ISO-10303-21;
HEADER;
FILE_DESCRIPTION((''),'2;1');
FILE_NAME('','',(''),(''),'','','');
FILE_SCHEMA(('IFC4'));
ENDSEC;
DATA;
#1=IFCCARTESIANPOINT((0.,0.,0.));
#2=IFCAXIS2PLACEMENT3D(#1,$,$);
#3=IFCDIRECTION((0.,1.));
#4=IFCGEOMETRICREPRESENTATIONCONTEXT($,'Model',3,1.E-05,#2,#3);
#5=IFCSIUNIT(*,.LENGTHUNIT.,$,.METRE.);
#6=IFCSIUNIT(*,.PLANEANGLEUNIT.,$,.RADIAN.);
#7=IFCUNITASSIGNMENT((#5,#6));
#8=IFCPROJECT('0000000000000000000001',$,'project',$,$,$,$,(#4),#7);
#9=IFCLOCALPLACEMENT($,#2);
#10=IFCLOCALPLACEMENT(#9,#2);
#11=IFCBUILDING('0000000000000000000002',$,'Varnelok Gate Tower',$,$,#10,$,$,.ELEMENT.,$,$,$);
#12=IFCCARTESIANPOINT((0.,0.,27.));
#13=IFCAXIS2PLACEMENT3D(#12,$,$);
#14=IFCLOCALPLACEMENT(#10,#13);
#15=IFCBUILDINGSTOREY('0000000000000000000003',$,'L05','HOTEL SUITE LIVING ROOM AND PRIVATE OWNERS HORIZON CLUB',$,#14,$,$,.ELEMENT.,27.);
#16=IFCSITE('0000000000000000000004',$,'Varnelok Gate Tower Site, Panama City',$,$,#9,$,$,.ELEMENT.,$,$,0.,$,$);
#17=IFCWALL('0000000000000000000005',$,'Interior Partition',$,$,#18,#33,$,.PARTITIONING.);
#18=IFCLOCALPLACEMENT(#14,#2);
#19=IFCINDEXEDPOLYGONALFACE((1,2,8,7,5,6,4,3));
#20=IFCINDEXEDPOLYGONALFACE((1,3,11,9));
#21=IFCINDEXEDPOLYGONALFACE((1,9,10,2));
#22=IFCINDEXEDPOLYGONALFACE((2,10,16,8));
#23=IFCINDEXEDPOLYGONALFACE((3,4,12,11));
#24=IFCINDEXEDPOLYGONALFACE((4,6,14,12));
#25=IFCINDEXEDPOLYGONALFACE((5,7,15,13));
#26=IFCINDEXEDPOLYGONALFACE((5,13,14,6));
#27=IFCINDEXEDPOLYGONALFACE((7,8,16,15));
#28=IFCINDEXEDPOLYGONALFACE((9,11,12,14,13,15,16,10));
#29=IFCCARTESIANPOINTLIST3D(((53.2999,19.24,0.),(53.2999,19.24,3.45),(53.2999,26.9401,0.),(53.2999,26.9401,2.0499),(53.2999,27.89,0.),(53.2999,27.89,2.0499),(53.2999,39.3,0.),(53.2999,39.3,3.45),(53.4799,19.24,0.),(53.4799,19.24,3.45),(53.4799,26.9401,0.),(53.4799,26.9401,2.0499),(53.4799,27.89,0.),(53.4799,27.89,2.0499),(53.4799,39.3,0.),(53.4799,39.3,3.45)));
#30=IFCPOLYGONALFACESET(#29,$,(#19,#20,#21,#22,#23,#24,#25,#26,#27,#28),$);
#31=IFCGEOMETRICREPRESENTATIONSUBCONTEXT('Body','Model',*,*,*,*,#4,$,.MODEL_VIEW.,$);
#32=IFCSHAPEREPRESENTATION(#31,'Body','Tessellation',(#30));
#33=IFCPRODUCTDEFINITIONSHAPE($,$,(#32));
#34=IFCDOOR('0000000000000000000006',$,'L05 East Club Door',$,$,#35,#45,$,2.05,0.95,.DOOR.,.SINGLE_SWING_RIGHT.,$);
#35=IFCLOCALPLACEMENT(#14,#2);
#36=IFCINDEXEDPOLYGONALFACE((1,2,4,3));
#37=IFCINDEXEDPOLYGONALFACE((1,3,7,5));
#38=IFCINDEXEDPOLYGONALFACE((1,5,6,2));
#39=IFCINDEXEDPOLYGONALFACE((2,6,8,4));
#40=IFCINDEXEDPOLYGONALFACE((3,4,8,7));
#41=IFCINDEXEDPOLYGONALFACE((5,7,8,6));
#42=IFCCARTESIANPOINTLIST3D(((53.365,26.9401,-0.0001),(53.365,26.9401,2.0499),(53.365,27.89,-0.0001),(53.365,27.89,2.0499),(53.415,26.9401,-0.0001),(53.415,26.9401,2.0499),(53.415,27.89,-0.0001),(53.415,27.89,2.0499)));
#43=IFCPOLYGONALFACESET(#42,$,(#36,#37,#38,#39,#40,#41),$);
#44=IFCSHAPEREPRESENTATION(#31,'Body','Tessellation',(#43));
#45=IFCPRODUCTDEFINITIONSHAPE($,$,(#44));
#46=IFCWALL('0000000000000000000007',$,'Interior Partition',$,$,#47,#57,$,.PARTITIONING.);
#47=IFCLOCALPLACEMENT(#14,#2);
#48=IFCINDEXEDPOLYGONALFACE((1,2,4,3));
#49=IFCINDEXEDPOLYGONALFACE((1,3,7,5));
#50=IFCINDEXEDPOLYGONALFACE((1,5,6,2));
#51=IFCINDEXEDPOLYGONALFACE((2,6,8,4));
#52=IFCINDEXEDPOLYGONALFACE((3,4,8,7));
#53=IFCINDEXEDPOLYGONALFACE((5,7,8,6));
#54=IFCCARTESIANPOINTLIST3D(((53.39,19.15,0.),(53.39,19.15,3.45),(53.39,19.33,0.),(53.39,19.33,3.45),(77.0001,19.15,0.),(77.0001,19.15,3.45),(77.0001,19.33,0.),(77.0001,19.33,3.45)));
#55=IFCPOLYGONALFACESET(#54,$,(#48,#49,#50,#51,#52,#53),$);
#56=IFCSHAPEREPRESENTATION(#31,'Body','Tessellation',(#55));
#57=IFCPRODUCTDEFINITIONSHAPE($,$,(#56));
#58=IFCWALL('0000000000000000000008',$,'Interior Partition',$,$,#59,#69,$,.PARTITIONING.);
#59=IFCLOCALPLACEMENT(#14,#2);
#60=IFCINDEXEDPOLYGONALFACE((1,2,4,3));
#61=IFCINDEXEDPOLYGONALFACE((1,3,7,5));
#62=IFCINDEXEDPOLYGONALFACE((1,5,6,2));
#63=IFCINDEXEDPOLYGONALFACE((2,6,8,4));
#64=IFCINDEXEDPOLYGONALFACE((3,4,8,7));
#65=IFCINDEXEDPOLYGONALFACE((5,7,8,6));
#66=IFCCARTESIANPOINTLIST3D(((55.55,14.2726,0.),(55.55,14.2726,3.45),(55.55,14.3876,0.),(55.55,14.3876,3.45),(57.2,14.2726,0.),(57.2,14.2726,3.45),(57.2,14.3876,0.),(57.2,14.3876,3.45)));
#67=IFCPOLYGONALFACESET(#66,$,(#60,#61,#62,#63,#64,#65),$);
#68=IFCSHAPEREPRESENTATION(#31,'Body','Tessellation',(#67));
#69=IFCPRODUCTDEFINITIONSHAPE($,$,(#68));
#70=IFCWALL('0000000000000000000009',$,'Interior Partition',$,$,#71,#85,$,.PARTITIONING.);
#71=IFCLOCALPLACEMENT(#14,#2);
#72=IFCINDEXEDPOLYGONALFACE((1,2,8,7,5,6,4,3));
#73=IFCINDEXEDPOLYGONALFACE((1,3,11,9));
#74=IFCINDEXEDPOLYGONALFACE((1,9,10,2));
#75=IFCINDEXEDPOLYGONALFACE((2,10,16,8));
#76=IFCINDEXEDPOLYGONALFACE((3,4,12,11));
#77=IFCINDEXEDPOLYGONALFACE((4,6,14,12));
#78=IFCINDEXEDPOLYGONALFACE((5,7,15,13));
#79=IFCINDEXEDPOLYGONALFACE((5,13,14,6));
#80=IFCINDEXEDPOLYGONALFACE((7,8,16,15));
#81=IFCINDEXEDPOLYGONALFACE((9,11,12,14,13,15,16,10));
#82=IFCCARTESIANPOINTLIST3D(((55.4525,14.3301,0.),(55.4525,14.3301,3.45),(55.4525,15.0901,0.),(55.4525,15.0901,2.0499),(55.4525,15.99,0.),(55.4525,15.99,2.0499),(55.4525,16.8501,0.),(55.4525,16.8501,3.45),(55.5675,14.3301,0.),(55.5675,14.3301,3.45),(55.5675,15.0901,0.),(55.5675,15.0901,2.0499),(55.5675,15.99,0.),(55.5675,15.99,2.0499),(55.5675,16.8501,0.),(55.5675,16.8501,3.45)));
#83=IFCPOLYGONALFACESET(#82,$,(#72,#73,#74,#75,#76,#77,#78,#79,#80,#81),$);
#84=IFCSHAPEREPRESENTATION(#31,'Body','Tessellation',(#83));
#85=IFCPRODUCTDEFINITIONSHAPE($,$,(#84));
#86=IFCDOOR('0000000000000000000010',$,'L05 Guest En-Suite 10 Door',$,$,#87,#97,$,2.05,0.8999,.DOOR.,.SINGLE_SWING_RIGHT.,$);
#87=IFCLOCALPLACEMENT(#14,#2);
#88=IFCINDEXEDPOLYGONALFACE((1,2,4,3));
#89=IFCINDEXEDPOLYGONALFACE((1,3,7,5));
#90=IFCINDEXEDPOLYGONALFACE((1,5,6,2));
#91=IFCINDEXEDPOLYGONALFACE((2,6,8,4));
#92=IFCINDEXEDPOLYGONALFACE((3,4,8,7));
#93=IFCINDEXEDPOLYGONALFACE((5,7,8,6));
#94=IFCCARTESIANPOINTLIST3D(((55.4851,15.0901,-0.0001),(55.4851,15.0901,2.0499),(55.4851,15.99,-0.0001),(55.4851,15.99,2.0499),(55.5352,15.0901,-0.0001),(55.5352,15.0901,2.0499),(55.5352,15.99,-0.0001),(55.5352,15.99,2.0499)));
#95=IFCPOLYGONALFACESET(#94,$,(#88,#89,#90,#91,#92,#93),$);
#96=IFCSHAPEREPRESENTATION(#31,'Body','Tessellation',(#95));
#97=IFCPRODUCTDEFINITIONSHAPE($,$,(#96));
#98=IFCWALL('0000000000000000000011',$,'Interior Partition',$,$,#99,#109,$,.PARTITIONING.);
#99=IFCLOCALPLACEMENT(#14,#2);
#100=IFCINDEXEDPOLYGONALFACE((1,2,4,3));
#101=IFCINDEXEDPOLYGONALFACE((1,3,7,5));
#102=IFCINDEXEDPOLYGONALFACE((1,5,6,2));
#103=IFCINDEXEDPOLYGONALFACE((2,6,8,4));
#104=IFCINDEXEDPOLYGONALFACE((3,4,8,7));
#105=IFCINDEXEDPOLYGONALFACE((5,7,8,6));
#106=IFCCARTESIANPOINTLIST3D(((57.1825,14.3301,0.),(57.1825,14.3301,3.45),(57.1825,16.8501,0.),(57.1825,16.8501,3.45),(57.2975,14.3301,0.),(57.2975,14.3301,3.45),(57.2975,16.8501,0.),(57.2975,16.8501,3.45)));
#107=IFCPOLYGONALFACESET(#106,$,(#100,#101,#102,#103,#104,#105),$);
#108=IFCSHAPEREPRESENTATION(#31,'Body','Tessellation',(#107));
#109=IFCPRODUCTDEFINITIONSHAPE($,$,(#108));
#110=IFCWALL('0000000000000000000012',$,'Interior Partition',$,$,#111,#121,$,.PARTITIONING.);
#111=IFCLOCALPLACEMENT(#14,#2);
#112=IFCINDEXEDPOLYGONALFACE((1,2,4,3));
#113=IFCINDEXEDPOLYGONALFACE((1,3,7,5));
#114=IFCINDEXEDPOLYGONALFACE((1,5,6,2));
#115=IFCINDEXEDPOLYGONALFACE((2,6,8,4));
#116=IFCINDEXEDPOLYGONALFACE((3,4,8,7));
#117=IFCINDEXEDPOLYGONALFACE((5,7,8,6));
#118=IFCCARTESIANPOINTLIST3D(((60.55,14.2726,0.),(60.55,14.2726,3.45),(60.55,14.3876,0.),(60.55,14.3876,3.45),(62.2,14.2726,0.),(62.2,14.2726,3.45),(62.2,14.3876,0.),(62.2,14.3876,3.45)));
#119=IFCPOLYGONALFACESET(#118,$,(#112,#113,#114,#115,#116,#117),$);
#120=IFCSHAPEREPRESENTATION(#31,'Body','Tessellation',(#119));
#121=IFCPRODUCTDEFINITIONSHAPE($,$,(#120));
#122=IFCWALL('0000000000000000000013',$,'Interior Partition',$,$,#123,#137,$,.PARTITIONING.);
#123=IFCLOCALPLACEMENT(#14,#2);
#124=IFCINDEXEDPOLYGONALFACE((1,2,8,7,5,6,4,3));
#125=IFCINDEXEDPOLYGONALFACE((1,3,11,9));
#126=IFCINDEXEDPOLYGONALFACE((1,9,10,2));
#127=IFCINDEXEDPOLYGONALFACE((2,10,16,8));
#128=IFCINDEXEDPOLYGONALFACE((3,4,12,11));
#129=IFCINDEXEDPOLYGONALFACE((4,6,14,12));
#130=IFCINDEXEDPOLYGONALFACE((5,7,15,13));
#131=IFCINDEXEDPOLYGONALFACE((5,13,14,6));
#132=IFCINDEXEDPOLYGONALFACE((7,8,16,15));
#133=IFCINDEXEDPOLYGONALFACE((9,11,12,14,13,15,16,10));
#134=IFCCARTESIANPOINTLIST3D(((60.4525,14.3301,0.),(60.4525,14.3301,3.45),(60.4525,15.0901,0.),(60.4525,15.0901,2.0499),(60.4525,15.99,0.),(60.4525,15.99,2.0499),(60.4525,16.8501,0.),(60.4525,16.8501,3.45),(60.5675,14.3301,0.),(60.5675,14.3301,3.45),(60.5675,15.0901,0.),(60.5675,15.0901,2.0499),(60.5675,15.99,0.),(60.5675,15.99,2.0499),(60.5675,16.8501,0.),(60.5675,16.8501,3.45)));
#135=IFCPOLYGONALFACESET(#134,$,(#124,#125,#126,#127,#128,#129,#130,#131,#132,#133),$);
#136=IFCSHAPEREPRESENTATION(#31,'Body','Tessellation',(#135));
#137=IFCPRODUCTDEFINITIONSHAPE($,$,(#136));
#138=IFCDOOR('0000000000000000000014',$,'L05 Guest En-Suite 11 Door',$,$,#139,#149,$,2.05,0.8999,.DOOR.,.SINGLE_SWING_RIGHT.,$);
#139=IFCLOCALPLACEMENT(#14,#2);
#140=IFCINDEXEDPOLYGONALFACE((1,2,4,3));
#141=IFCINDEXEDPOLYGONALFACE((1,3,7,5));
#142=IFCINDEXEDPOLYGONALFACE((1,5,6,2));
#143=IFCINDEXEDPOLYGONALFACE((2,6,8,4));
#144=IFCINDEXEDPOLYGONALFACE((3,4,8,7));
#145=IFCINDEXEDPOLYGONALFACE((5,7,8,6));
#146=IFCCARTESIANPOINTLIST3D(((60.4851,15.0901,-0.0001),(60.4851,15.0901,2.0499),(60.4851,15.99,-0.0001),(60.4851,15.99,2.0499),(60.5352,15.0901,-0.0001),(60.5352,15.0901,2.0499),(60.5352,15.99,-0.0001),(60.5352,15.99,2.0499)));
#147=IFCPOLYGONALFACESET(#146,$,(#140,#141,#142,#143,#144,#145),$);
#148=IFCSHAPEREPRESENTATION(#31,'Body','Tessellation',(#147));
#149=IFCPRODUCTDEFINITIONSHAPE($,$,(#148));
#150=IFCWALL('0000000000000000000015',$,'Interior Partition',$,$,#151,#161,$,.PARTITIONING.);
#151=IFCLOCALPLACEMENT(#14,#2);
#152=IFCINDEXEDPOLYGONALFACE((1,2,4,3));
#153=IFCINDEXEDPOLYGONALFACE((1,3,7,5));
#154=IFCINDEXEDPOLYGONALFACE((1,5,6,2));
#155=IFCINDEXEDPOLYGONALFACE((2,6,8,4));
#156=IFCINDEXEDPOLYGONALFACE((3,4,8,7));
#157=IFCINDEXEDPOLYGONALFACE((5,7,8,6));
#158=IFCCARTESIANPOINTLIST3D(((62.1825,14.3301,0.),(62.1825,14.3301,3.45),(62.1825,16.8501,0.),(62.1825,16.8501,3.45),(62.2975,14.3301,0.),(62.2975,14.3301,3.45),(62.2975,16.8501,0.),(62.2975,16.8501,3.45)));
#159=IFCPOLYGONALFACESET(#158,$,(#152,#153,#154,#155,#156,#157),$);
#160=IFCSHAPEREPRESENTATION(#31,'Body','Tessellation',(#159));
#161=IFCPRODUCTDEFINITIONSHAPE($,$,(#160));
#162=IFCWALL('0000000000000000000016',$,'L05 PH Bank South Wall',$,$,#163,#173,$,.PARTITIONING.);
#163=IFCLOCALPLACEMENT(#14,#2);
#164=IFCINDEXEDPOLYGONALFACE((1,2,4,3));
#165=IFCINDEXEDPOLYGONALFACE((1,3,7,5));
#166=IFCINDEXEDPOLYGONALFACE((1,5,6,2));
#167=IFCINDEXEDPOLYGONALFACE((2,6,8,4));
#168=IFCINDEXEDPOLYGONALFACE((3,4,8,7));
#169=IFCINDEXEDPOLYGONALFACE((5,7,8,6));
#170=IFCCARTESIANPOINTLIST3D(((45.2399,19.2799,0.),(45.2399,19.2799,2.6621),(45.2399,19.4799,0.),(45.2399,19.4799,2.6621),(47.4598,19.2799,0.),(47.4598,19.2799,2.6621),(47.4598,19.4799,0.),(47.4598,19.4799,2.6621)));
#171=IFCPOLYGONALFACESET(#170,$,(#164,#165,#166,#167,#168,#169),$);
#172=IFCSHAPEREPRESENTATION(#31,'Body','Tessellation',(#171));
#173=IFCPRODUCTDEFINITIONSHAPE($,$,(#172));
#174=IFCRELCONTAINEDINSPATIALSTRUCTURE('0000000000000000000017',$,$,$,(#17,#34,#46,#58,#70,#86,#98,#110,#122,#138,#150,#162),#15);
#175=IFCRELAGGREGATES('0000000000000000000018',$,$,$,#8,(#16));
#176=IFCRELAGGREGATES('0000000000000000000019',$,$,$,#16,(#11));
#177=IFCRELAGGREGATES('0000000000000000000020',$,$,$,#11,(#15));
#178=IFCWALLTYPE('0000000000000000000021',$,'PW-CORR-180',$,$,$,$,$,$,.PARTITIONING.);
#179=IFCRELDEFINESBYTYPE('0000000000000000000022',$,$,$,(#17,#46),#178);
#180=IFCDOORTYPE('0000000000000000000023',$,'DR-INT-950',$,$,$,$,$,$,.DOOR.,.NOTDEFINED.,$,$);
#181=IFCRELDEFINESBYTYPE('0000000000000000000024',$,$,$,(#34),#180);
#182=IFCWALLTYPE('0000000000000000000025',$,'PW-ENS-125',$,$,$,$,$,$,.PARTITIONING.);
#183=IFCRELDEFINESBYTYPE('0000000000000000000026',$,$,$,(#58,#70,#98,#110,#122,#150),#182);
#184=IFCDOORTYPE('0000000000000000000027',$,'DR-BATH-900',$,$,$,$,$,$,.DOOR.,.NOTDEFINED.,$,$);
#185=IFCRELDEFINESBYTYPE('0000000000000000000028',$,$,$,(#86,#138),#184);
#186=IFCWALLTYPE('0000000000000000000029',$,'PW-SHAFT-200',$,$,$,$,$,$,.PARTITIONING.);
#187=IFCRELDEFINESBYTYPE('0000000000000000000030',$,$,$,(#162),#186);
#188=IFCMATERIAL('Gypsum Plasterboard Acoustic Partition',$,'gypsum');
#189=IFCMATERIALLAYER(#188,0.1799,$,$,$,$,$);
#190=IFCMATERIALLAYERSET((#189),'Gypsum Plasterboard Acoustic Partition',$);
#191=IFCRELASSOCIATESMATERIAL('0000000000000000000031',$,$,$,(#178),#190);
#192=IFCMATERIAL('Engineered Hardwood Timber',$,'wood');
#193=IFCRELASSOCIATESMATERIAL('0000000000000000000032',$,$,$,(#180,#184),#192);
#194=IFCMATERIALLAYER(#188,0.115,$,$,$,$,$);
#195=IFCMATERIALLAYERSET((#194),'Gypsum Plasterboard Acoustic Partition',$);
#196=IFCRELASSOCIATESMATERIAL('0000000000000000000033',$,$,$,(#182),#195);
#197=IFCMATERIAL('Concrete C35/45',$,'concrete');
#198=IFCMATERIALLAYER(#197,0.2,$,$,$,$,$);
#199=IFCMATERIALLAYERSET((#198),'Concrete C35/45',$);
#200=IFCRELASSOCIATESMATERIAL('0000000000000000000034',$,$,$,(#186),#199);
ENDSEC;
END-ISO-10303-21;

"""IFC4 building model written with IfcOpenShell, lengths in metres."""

from ifc_helpers import new_model, si_unit, direction, frame, frame_2d, origin, place, context, subcontext, project, spatial, rectangle, extrude, material, layer, layer_set, type_object, element, fill, save


model = new_model("IFC4")

# Units and contexts
model_context = context("Model", 3, precision=1e-05, world=origin(), true_north=direction((0.0, 1.0)))
body_context = subcontext(model_context, "Body", "Model", "MODEL_VIEW")
ifc_project = project(units=[si_unit("LENGTHUNIT", "METRE"), si_unit("PLANEANGLEUNIT", "RADIAN")], contexts=[model_context])

# Site, building, storey
site_placement = place(None, origin())
site = spatial("IfcSite", under=ifc_project, at=site_placement, Name="Varnelok Gate Tower Site, Panama City", CompositionType="ELEMENT", RefElevation=0.0)
building_placement = place(site_placement, origin())
building = spatial("IfcBuilding", under=site, at=building_placement, Name="Varnelok Gate Tower", CompositionType="ELEMENT")
storey_placement = place(building_placement, frame((0.0, 0.0, 27.0)))
storey = spatial("IfcBuildingStorey", under=building, at=storey_placement, Name="L05", Description="HOTEL SUITE LIVING ROOM AND PRIVATE OWNERS HORIZON CLUB", CompositionType="ELEMENT", Elevation=27.0)

# Wall, opening, door
ifc_material_1 = material(Name="Gypsum Plasterboard Acoustic Partition", Category="gypsum")
ifc_layer_1 = layer(ifc_material_1, 0.1799)
ifc_layer_set_1 = layer_set([ifc_layer_1], Name="Gypsum Plasterboard Acoustic Partition")
wall_type_1 = type_object("IfcWallType", Name="PW-CORR-180", PredefinedType="PARTITIONING", material=ifc_layer_set_1)
ifc_material_2 = material(Name="Engineered Hardwood Timber", Category="wood")
wall_1_placement = place(storey_placement, frame((53.3899, 19.24, 0.0), z_axis=(0.0, 0.0, 1.0), x_axis=(0.0, 1.0, 0.0)))
wall_1 = element("IfcWall", 1, at=wall_1_placement, inside=storey, type_object=wall_type_1, Name="Interior Partition", PredefinedType="PARTITIONING", context=body_context, shape_type="SweptSolid", body=[
    extrude(rectangle(XDim=20.0601, YDim=0.1799, at=frame_2d((10.03, 0.0))), origin(), (0.0, 0.0, 1.0), 3.45),
])
opening_1_placement = place(wall_1_placement, frame((7.7, 0.0, 0.0)))
opening_1 = element("IfcOpeningElement", 2, at=opening_1_placement, cuts=wall_1, PredefinedType="OPENING", context=body_context, shape_type="SweptSolid", body=[
    extrude(rectangle(XDim=0.95, YDim=2.05, at=frame_2d((0.4751, 1.0249))), frame((0.0, 0.0999, 0.0), z_axis=(0.0, -1.0, 0.0), x_axis=(1.0, 0.0, 0.0)), (0.0, 0.0, 1.0), 0.2),
])
door_type_1 = type_object("IfcDoorType", Name="DR-INT-950", OperationType="NOTDEFINED", PredefinedType="DOOR", material=ifc_material_2)
door_1_placement = place(opening_1_placement, origin())
door_1 = element("IfcDoor", 3, at=door_1_placement, inside=storey, type_object=door_type_1, Name="L05 East Club Door", OperationType="SINGLE_SWING_RIGHT", OverallHeight=2.05, OverallWidth=0.95, PredefinedType="DOOR", context=body_context, shape_type="SweptSolid", body=[
    extrude(rectangle(XDim=0.95, YDim=2.05, at=frame_2d((0.4751, 1.0249))), frame((0.0, 0.0249, 0.0), z_axis=(0.0, -1.0, 0.0), x_axis=(1.0, 0.0, 0.0)), (0.0, 0.0, 1.0), 0.05),
])
fill(opening_1, door_1)

# Walls
wall_2_placement = place(storey_placement, frame((53.3899, 19.24, 0.0), z_axis=(0.0, 0.0, 1.0), x_axis=(1.0, 0.0, 0.0)))
element("IfcWall", 4, at=wall_2_placement, inside=storey, type_object=wall_type_1, Name="Interior Partition", PredefinedType="PARTITIONING", context=body_context, shape_type="SweptSolid", body=[
    extrude(rectangle(XDim=23.6101, YDim=0.1799, at=frame_2d((11.8052, 0.0))), origin(), (0.0, 0.0, 1.0), 3.45),
])
ifc_layer_2 = layer(ifc_material_1, 0.115)
ifc_layer_set_2 = layer_set([ifc_layer_2], Name="Gypsum Plasterboard Acoustic Partition")
wall_type_2 = type_object("IfcWallType", Name="PW-ENS-125", PredefinedType="PARTITIONING", material=ifc_layer_set_2)
wall_3_placement = place(storey_placement, frame((55.55, 14.3301, 0.0), z_axis=(0.0, 0.0, 1.0), x_axis=(1.0, 0.0, 0.0)))
element("IfcWall", 5, at=wall_3_placement, inside=storey, type_object=wall_type_2, Name="Interior Partition", PredefinedType="PARTITIONING", context=body_context, shape_type="SweptSolid", body=[
    extrude(rectangle(XDim=1.6499, YDim=0.115, at=frame_2d((0.825, 0.0))), origin(), (0.0, 0.0, 1.0), 3.45),
])

# Wall, opening, door
wall_4_placement = place(storey_placement, frame((55.51, 14.3301, 0.0), z_axis=(0.0, 0.0, 1.0), x_axis=(0.0, 1.0, 0.0)))
wall_4 = element("IfcWall", 6, at=wall_4_placement, inside=storey, type_object=wall_type_2, Name="Interior Partition", PredefinedType="PARTITIONING", context=body_context, shape_type="SweptSolid", body=[
    extrude(rectangle(XDim=2.52, YDim=0.115, at=frame_2d((1.26, 0.0))), origin(), (0.0, 0.0, 1.0), 3.45),
])
opening_2_placement = place(wall_4_placement, frame((0.76, 0.0, 0.0)))
opening_2 = element("IfcOpeningElement", 7, at=opening_2_placement, cuts=wall_4, PredefinedType="OPENING", context=body_context, shape_type="SweptSolid", body=[
    extrude(rectangle(XDim=0.8999, YDim=2.05, at=frame_2d((0.45, 1.0249))), frame((0.0, 0.0674, 0.0), z_axis=(0.0, -1.0, 0.0), x_axis=(1.0, 0.0, 0.0)), (0.0, 0.0, 1.0), 0.135),
])
door_type_2 = type_object("IfcDoorType", Name="DR-BATH-900", OperationType="NOTDEFINED", PredefinedType="DOOR", material=ifc_material_2)
door_2_placement = place(opening_2_placement, origin())
door_2 = element("IfcDoor", 8, at=door_2_placement, inside=storey, type_object=door_type_2, Name="L05 Guest En-Suite 10 Door", OperationType="SINGLE_SWING_RIGHT", OverallHeight=2.05, OverallWidth=0.8999, PredefinedType="DOOR", context=body_context, shape_type="SweptSolid", body=[
    extrude(rectangle(XDim=0.8999, YDim=2.05, at=frame_2d((0.45, 1.0249))), frame((0.0, 0.0249, 0.0), z_axis=(0.0, -1.0, 0.0), x_axis=(1.0, 0.0, 0.0)), (0.0, 0.0, 1.0), 0.05),
])
fill(opening_2, door_2)

# Walls
wall_5_placement = place(storey_placement, frame((57.24, 14.3301, 0.0), z_axis=(0.0, 0.0, 1.0), x_axis=(0.0, 1.0, 0.0)))
element("IfcWall", 9, at=wall_5_placement, inside=storey, type_object=wall_type_2, Name="Interior Partition", PredefinedType="PARTITIONING", context=body_context, shape_type="SweptSolid", body=[
    extrude(rectangle(XDim=2.52, YDim=0.115, at=frame_2d((1.26, 0.0))), origin(), (0.0, 0.0, 1.0), 3.45),
])
wall_6_placement = place(storey_placement, frame((60.55, 14.3301, 0.0), z_axis=(0.0, 0.0, 1.0), x_axis=(1.0, 0.0, 0.0)))
element("IfcWall", 10, at=wall_6_placement, inside=storey, type_object=wall_type_2, Name="Interior Partition", PredefinedType="PARTITIONING", context=body_context, shape_type="SweptSolid", body=[
    extrude(rectangle(XDim=1.6499, YDim=0.115, at=frame_2d((0.825, 0.0))), origin(), (0.0, 0.0, 1.0), 3.45),
])

# Wall, opening, door
wall_7_placement = place(storey_placement, frame((60.51, 14.3301, 0.0), z_axis=(0.0, 0.0, 1.0), x_axis=(0.0, 1.0, 0.0)))
wall_7 = element("IfcWall", 11, at=wall_7_placement, inside=storey, type_object=wall_type_2, Name="Interior Partition", PredefinedType="PARTITIONING", context=body_context, shape_type="SweptSolid", body=[
    extrude(rectangle(XDim=2.52, YDim=0.115, at=frame_2d((1.26, 0.0))), origin(), (0.0, 0.0, 1.0), 3.45),
])
opening_3_placement = place(wall_7_placement, frame((0.76, 0.0, 0.0)))
opening_3 = element("IfcOpeningElement", 12, at=opening_3_placement, cuts=wall_7, PredefinedType="OPENING", context=body_context, shape_type="SweptSolid", body=[
    extrude(rectangle(XDim=0.8999, YDim=2.05, at=frame_2d((0.45, 1.0249))), frame((0.0, 0.0674, 0.0), z_axis=(0.0, -1.0, 0.0), x_axis=(1.0, 0.0, 0.0)), (0.0, 0.0, 1.0), 0.135),
])
door_3_placement = place(opening_3_placement, origin())
door_3 = element("IfcDoor", 13, at=door_3_placement, inside=storey, type_object=door_type_2, Name="L05 Guest En-Suite 11 Door", OperationType="SINGLE_SWING_RIGHT", OverallHeight=2.05, OverallWidth=0.8999, PredefinedType="DOOR", context=body_context, shape_type="SweptSolid", body=[
    extrude(rectangle(XDim=0.8999, YDim=2.05, at=frame_2d((0.45, 1.0249))), frame((0.0, 0.0249, 0.0), z_axis=(0.0, -1.0, 0.0), x_axis=(1.0, 0.0, 0.0)), (0.0, 0.0, 1.0), 0.05),
])
fill(opening_3, door_3)

# Walls
wall_8_placement = place(storey_placement, frame((62.24, 14.3301, 0.0), z_axis=(0.0, 0.0, 1.0), x_axis=(0.0, 1.0, 0.0)))
element("IfcWall", 14, at=wall_8_placement, inside=storey, type_object=wall_type_2, Name="Interior Partition", PredefinedType="PARTITIONING", context=body_context, shape_type="SweptSolid", body=[
    extrude(rectangle(XDim=2.52, YDim=0.115, at=frame_2d((1.26, 0.0))), origin(), (0.0, 0.0, 1.0), 3.45),
])
ifc_material_3 = material(Name="Concrete C35/45", Category="concrete")
ifc_layer_3 = layer(ifc_material_3, 0.2)
ifc_layer_set_3 = layer_set([ifc_layer_3], Name="Concrete C35/45")
wall_type_3 = type_object("IfcWallType", Name="PW-SHAFT-200", PredefinedType="PARTITIONING", material=ifc_layer_set_3)
wall_9_placement = place(storey_placement, frame((45.24, 19.3799, 0.0), z_axis=(0.0, 0.0, 1.0), x_axis=(1.0, 0.0, 0.0)))
element("IfcWall", 15, at=wall_9_placement, inside=storey, type_object=wall_type_3, Name="L05 PH Bank South Wall", PredefinedType="PARTITIONING", context=body_context, shape_type="SweptSolid", body=[
    extrude(rectangle(XDim=2.22, YDim=0.2, at=frame_2d((1.1099, 0.0))), origin(), (0.0, 0.0, 1.0), 2.6621),
])

save(model, "model.ifc")
